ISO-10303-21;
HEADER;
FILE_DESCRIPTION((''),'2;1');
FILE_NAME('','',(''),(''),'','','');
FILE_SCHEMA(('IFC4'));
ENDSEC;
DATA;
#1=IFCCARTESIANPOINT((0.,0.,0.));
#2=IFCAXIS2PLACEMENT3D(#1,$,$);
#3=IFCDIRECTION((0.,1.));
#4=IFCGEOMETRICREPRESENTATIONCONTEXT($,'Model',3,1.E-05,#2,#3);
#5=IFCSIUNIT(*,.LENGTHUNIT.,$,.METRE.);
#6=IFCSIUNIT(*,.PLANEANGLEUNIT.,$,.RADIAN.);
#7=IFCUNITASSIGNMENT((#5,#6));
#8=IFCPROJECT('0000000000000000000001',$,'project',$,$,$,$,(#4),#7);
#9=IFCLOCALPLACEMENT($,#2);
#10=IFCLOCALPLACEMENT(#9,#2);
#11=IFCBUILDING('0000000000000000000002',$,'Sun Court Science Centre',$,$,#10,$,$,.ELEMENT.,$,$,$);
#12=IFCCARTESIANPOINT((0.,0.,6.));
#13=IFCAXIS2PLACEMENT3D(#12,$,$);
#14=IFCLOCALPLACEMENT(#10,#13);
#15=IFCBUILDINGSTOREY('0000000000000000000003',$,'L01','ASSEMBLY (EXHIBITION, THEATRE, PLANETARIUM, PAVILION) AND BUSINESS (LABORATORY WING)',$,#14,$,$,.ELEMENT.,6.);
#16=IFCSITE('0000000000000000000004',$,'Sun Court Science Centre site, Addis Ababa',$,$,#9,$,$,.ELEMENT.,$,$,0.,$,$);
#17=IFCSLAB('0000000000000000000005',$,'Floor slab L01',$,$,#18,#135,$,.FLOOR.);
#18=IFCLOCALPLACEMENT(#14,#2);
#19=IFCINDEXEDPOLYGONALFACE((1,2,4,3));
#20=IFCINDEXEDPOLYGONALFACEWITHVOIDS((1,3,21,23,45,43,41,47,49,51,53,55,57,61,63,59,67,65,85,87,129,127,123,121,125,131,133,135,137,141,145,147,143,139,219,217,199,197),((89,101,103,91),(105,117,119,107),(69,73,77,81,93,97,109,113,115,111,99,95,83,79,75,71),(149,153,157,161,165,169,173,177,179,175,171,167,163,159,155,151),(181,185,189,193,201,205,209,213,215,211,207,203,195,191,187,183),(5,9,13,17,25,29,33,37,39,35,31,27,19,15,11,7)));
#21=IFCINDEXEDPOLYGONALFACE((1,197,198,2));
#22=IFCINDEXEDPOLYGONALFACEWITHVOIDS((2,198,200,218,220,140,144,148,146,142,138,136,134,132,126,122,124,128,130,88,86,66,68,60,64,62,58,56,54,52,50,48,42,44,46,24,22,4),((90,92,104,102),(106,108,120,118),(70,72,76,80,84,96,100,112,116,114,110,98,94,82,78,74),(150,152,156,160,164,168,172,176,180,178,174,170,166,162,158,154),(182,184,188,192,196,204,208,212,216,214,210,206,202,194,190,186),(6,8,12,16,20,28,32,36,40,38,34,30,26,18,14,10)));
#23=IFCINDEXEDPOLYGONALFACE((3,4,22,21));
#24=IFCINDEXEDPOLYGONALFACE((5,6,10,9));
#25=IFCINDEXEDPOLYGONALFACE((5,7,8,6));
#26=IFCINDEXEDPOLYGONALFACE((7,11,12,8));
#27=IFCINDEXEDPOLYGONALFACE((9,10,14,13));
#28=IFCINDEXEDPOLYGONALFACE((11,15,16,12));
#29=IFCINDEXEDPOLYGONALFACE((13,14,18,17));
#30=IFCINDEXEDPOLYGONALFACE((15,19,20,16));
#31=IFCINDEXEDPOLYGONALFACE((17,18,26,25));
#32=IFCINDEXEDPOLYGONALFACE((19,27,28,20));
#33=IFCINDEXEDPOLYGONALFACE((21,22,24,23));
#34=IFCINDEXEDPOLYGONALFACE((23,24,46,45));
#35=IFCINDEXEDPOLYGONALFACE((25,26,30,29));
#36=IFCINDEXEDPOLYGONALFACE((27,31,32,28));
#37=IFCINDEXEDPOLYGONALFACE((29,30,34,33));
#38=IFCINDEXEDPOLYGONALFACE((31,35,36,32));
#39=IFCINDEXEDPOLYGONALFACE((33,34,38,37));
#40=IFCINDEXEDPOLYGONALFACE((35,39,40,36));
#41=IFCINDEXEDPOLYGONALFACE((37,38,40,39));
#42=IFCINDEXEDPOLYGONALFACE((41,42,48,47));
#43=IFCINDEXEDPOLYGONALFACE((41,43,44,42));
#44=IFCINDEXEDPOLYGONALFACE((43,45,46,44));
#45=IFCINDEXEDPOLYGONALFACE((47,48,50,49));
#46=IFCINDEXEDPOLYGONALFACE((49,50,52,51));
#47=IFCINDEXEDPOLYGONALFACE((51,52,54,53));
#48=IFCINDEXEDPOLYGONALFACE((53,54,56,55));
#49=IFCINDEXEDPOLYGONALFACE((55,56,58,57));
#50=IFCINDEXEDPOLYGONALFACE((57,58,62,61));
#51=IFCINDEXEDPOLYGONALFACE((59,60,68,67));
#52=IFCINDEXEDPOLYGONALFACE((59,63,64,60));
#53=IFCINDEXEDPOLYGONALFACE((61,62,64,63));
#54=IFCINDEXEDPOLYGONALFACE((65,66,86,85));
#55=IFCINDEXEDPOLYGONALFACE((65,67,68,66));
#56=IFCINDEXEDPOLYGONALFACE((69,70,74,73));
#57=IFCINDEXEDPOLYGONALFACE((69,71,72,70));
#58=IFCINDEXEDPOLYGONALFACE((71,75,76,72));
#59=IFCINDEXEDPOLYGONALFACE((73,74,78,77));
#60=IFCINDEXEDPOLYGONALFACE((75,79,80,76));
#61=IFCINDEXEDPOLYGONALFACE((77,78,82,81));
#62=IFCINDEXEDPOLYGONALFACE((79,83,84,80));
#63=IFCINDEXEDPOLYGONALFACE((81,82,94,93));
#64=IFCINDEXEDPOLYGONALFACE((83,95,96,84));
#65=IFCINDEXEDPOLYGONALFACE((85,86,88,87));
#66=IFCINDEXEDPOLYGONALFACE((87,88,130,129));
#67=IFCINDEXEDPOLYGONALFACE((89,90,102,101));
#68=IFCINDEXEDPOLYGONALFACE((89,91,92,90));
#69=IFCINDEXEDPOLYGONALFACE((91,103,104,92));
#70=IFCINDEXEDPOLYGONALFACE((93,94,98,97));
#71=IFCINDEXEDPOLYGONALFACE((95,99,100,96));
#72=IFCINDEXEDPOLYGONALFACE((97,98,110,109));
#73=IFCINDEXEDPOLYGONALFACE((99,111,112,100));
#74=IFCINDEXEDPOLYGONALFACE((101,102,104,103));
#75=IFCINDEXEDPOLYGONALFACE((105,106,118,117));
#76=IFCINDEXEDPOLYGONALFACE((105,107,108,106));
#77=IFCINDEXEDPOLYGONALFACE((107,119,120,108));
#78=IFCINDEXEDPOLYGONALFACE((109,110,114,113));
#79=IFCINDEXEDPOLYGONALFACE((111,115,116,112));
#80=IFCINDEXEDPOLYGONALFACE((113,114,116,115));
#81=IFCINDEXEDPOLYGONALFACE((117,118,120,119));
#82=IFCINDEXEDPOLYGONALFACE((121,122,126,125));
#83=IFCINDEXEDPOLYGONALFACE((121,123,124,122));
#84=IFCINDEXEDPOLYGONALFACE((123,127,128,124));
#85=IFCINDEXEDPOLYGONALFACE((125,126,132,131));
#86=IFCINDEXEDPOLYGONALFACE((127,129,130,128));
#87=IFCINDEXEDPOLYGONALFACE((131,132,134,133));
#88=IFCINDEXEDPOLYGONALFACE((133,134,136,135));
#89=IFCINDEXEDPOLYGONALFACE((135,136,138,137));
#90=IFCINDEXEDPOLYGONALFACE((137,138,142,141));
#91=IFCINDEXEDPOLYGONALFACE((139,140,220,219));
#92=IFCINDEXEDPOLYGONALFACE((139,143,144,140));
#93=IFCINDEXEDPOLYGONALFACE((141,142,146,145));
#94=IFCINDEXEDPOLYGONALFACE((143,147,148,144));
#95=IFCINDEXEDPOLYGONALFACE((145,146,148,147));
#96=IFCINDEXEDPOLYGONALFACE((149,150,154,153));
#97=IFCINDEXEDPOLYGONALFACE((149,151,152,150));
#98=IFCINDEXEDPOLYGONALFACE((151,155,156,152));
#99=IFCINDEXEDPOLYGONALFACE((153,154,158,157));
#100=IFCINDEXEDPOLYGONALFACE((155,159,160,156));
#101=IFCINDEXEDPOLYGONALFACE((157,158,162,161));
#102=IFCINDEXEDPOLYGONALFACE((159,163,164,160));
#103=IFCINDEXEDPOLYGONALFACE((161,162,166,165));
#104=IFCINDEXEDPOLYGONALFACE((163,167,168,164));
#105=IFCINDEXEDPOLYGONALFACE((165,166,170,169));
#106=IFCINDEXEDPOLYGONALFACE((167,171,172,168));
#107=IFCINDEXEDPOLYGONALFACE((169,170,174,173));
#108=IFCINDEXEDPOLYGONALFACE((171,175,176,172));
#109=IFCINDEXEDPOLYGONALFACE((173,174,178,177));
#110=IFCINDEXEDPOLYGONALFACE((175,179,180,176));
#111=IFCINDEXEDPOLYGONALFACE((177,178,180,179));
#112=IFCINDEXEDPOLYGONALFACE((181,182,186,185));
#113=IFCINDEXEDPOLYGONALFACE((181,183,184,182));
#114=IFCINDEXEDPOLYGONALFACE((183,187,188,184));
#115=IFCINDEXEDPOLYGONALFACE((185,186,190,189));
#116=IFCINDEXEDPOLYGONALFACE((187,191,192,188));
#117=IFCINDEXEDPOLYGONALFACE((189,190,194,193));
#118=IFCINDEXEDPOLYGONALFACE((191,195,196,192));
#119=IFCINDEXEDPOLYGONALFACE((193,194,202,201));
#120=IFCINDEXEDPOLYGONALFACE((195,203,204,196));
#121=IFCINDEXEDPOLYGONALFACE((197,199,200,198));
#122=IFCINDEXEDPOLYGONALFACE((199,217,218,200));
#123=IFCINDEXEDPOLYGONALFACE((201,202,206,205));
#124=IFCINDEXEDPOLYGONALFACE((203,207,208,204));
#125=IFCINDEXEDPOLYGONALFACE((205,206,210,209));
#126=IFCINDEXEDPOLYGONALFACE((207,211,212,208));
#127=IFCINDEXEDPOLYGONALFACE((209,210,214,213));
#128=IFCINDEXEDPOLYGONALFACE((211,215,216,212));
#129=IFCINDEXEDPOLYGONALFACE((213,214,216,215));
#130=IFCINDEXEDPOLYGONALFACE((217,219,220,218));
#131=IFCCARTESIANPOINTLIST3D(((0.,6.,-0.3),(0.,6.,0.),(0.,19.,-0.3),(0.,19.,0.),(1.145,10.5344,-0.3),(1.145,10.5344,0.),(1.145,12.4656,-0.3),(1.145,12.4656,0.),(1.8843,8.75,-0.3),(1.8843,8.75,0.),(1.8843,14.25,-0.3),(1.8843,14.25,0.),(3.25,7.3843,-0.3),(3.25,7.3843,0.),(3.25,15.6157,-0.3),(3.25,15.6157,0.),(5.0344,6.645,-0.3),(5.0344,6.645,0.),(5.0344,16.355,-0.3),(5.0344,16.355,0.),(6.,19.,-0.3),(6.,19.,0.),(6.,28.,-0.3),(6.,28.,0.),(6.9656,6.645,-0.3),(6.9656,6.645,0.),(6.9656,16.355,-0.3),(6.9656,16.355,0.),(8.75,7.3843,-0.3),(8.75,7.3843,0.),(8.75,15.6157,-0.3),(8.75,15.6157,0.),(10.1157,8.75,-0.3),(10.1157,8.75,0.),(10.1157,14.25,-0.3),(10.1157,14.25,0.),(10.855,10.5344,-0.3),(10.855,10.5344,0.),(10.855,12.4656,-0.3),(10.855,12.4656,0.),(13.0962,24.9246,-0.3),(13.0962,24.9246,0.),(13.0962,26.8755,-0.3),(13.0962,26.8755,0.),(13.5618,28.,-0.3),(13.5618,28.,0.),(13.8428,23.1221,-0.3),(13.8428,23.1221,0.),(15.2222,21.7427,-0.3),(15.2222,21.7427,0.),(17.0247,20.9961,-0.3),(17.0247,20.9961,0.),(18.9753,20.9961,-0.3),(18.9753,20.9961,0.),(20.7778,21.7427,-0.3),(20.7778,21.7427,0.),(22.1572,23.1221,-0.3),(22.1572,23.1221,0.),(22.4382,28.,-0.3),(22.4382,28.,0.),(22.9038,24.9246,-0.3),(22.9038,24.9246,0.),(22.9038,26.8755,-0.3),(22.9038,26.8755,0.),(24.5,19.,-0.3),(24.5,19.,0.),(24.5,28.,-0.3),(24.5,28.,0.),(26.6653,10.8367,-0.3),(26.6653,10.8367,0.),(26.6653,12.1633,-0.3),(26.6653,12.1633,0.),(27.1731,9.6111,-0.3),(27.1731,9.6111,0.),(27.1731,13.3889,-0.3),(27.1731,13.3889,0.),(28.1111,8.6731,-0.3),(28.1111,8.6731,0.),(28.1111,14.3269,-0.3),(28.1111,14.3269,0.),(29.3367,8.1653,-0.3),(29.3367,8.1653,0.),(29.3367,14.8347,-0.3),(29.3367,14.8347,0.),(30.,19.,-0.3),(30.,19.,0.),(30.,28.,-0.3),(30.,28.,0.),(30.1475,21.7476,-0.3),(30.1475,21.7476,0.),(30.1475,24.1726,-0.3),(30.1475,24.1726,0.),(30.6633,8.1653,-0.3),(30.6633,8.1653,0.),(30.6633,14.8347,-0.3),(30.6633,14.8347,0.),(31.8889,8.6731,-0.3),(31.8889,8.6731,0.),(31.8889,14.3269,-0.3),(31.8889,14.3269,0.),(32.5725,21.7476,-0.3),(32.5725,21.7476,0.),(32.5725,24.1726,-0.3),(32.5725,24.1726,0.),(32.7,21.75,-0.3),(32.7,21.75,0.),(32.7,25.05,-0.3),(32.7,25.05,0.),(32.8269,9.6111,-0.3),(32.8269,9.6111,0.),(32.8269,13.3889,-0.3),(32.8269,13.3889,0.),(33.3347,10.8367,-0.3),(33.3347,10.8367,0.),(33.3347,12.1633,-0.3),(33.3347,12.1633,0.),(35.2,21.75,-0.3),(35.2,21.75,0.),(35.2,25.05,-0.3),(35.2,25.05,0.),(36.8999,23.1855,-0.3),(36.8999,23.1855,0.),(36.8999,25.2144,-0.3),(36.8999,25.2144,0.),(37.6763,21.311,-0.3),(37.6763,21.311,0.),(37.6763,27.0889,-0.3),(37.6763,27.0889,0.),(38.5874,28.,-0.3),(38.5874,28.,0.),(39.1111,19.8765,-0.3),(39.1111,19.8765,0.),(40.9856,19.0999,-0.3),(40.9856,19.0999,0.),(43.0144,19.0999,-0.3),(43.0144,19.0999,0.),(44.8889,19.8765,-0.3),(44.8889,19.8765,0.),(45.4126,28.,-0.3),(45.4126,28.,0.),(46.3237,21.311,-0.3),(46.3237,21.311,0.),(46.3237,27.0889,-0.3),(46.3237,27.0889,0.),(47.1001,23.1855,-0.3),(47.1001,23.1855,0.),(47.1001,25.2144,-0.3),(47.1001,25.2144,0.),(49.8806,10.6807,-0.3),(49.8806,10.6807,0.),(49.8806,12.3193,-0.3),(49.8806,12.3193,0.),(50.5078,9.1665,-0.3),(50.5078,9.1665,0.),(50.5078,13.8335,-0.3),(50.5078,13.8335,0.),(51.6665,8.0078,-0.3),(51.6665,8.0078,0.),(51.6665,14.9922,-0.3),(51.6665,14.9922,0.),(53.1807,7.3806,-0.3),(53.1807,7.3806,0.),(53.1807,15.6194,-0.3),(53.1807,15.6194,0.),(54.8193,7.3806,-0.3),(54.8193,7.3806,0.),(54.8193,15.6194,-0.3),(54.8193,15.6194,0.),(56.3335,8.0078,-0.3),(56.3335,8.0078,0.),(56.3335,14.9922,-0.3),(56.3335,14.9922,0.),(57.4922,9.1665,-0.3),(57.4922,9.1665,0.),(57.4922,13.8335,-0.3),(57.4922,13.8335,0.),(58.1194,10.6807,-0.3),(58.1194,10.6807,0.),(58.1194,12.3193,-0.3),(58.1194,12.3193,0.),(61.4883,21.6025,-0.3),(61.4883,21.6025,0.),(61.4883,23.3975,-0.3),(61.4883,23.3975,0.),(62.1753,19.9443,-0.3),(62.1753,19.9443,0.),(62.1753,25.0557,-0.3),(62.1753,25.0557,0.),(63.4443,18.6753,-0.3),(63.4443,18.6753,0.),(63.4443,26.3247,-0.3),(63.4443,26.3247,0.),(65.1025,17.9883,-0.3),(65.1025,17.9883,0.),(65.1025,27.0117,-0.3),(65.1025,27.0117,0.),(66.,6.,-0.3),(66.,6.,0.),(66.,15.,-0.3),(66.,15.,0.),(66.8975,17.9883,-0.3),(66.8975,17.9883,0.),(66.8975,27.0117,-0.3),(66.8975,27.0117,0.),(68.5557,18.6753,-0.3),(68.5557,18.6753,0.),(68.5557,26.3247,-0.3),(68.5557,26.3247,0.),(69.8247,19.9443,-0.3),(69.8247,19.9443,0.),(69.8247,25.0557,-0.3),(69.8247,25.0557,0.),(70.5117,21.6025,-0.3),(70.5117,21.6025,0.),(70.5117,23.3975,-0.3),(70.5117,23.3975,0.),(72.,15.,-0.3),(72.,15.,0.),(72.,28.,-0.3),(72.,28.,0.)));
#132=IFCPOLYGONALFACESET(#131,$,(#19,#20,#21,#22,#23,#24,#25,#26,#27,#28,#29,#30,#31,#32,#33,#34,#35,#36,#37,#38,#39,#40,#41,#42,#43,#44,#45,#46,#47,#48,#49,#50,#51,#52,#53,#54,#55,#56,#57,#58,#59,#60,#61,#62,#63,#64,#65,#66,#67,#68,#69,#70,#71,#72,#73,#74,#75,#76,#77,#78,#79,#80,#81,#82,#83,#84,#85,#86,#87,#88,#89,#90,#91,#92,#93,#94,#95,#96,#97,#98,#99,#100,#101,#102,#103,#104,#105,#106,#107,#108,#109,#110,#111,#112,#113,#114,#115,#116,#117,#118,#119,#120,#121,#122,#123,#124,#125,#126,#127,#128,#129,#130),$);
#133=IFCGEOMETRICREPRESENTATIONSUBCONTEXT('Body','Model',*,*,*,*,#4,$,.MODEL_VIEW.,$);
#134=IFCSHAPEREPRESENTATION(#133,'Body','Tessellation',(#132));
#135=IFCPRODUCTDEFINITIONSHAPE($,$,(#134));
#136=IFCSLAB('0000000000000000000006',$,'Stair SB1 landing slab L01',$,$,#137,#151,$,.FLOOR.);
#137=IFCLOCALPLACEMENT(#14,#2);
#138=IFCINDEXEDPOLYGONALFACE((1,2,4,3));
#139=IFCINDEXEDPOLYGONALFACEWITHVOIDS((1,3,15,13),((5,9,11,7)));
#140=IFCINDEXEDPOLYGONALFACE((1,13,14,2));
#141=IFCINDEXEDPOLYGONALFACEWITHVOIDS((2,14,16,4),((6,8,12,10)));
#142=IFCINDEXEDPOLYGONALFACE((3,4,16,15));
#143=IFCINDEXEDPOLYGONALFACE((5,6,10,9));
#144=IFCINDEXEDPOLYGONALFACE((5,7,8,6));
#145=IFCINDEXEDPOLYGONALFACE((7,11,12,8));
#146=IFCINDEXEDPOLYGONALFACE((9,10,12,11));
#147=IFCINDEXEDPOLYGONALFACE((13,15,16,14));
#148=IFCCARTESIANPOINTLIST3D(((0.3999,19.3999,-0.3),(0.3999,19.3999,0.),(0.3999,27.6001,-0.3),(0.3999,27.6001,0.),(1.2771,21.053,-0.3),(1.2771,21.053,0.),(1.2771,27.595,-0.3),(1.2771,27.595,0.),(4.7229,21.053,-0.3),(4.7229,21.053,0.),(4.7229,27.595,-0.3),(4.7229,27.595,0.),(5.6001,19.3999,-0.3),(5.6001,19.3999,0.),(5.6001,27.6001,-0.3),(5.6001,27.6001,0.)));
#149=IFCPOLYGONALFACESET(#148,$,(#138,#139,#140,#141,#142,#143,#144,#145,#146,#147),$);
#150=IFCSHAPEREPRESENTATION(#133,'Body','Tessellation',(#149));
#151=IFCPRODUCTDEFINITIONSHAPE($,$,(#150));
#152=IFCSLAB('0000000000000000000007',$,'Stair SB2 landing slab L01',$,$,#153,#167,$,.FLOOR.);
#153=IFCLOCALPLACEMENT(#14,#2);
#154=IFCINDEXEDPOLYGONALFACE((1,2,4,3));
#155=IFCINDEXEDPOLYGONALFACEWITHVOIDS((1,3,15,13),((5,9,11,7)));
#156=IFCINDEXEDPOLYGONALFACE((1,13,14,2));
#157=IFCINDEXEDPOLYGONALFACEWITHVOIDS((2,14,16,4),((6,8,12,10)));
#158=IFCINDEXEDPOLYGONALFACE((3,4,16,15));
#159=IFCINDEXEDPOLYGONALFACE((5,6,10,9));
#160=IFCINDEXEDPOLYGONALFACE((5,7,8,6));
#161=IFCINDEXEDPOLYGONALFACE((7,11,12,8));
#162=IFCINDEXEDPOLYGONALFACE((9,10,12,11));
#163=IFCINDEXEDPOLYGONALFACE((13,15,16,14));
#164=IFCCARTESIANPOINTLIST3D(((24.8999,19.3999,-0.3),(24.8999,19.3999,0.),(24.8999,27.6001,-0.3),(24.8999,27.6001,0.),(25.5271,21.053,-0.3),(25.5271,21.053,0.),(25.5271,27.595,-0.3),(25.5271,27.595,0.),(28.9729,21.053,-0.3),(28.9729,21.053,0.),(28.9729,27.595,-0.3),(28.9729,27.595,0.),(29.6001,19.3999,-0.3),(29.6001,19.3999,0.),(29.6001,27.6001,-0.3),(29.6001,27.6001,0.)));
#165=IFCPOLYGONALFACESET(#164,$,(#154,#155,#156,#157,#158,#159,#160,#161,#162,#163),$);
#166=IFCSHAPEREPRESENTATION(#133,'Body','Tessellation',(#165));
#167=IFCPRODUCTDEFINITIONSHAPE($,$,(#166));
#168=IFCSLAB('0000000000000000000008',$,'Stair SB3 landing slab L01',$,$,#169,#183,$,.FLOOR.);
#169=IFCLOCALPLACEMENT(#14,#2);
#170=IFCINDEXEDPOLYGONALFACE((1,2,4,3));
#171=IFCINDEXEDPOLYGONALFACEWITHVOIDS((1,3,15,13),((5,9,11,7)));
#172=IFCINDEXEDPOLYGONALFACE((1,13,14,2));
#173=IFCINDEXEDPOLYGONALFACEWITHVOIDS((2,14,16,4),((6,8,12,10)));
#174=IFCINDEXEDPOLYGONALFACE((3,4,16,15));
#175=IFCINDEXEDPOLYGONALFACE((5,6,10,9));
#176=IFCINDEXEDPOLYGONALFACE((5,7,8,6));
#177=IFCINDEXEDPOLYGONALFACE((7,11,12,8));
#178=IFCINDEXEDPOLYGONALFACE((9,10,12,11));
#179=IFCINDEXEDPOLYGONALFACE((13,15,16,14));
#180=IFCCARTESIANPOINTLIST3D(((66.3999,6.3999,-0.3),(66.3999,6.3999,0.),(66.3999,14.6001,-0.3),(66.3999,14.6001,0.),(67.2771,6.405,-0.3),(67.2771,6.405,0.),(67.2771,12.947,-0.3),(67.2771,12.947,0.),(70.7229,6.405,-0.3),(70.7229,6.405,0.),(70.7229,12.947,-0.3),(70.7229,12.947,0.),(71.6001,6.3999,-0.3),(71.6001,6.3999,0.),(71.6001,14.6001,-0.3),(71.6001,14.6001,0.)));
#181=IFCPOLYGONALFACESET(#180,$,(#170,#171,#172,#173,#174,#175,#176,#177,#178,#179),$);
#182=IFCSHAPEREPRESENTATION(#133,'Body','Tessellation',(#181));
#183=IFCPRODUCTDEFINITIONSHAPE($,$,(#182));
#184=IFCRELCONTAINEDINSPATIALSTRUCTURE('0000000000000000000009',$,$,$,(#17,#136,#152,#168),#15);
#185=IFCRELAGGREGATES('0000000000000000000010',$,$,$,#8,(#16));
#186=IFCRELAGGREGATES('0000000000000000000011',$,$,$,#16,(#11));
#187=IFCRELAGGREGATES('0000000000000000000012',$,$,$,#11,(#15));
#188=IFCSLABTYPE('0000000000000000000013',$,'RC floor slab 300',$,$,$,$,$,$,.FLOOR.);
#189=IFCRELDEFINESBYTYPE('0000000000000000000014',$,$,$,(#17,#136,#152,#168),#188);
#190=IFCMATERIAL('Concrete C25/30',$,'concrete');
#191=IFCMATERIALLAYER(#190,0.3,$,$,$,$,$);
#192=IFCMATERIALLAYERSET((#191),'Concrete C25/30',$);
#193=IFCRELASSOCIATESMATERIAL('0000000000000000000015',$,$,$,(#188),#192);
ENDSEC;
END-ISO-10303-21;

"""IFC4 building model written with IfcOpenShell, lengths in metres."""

from ifc_helpers import new_model, si_unit, direction, frame, origin, place, context, subcontext, project, spatial, polyline, outline, extrude, material, layer, layer_set, type_object, element, save


model = new_model("IFC4")

# Units and contexts
model_context = context("Model", 3, precision=1e-05, world=origin(), true_north=direction((0.0, 1.0)))
body_context = subcontext(model_context, "Body", "Model", "MODEL_VIEW")
ifc_project = project(units=[si_unit("LENGTHUNIT", "METRE"), si_unit("PLANEANGLEUNIT", "RADIAN")], contexts=[model_context])

# Site, building, storey
site_placement = place(None, origin())
site = spatial("IfcSite", under=ifc_project, at=site_placement, Name="Sun Court Science Centre site, Addis Ababa", CompositionType="ELEMENT", RefElevation=0.0)
building_placement = place(site_placement, origin())
building = spatial("IfcBuilding", under=site, at=building_placement, Name="Sun Court Science Centre", CompositionType="ELEMENT")
storey_placement = place(building_placement, frame((0.0, 0.0, 6.0)))
storey = spatial("IfcBuildingStorey", under=building, at=storey_placement, Name="L01", Description="ASSEMBLY (EXHIBITION, THEATRE, PLANETARIUM, PAVILION) AND BUSINESS (LABORATORY WING)", CompositionType="ELEMENT", Elevation=6.0)

# Slabs
ifc_material_1 = material(Name="Concrete C25/30", Category="concrete")
ifc_layer_1 = layer(ifc_material_1, 0.3)
ifc_layer_set_1 = layer_set([ifc_layer_1], Name="Concrete C25/30")
slab_type = type_object("IfcSlabType", Name="RC floor slab 300", PredefinedType="FLOOR", material=ifc_layer_set_1)
slab_1_placement = place(storey_placement, frame((0.0, 0.0, -0.3)))
element("IfcSlab", 1, at=slab_1_placement, inside=storey, type_object=slab_type, Name="Floor slab L01", PredefinedType="FLOOR", context=body_context, shape_type="SweptSolid", body=[
    extrude(outline(polyline([(72.0, 15.0), (72.0, 28.0), (45.4126, 28.0), (46.3237, 27.0889), (47.1001, 25.2144), (47.1001, 23.1855), (46.3237, 21.311), (44.8889, 19.8765), (43.0144, 19.0999), (40.9856, 19.0999), (39.1111, 19.8765), (37.6763, 21.311), (36.8999, 23.1855), (36.8999, 25.2144), (37.6763, 27.0889), (38.5874, 28.0), (30.0, 28.0), (30.0, 19.0), (24.5, 19.0), (24.5, 28.0), (22.4382, 28.0), (22.9038, 26.8755), (22.9038, 24.9246), (22.1572, 23.1221), (20.7778, 21.7427), (18.9753, 20.9961), (17.0247, 20.9961), (15.2222, 21.7427), (13.8428, 23.1221), (13.0962, 24.9246), (13.0962, 26.8755), (13.5618, 28.0), (6.0, 28.0), (6.0, 19.0), (0.0, 19.0), (0.0, 6.0), (66.0, 6.0), (66.0, 15.0), (72.0, 15.0)]), holes=[polyline([(70.5117, 23.3975), (70.5117, 21.6025), (69.8247, 19.9443), (68.5557, 18.6753), (66.8975, 17.9883), (65.1025, 17.9883), (63.4443, 18.6753), (62.1753, 19.9443), (61.4883, 21.6025), (61.4883, 23.3975), (62.1753, 25.0557), (63.4443, 26.3247), (65.1025, 27.0117), (66.8975, 27.0117), (68.5557, 26.3247), (69.8247, 25.0557), (70.5117, 23.3975)]), polyline([(58.1194, 10.6807), (57.4922, 9.1665), (56.3335, 8.0078), (54.8193, 7.3806), (53.1807, 7.3806), (51.6665, 8.0078), (50.5078, 9.1665), (49.8806, 10.6807), (49.8806, 12.3193), (50.5078, 13.8335), (51.6665, 14.9922), (53.1807, 15.6194), (54.8193, 15.6194), (56.3335, 14.9922), (57.4922, 13.8335), (58.1194, 12.3193), (58.1194, 10.6807)]), polyline([(32.7, 25.05), (35.2, 25.05), (35.2, 21.75), (32.7, 21.75), (32.7, 25.05)]), polyline([(33.3347, 10.8367), (32.8269, 9.6111), (31.8889, 8.6731), (30.6633, 8.1653), (29.3367, 8.1653), (28.1111, 8.6731), (27.1731, 9.6111), (26.6653, 10.8367), (26.6653, 12.1633), (27.1731, 13.3889), (28.1111, 14.3269), (29.3367, 14.8347), (30.6633, 14.8347), (31.8889, 14.3269), (32.8269, 13.3889), (33.3347, 12.1633), (33.3347, 10.8367)]), polyline([(30.1475, 24.1726), (32.5725, 24.1726), (32.5725, 21.7476), (30.1475, 21.7476), (30.1475, 24.1726)]), polyline([(10.855, 12.4656), (10.855, 10.5344), (10.1157, 8.75), (8.75, 7.3843), (6.9656, 6.645), (5.0344, 6.645), (3.25, 7.3843), (1.8843, 8.75), (1.145, 10.5344), (1.145, 12.4656), (1.8843, 14.25), (3.25, 15.6157), (5.0344, 16.355), (6.9656, 16.355), (8.75, 15.6157), (10.1157, 14.25), (10.855, 12.4656)])]), origin(), (0.0, 0.0, 1.0), 0.3),
])
slab_2_placement = place(storey_placement, frame((0.0, 0.0, -0.3)))
element("IfcSlab", 2, at=slab_2_placement, inside=storey, type_object=slab_type, Name="Stair SB1 landing slab L01", PredefinedType="FLOOR", context=body_context, shape_type="SweptSolid", body=[
    extrude(outline(polyline([(0.3999, 27.6001), (0.3999, 19.3999), (5.6001, 19.3999), (5.6001, 27.6001), (0.3999, 27.6001)]), holes=[polyline([(4.7229, 27.595), (4.7229, 21.053), (1.2771, 21.053), (1.2771, 27.595), (4.7229, 27.595)])]), origin(), (0.0, 0.0, 1.0), 0.3),
])
slab_3_placement = place(storey_placement, frame((0.0, 0.0, -0.3)))
element("IfcSlab", 3, at=slab_3_placement, inside=storey, type_object=slab_type, Name="Stair SB2 landing slab L01", PredefinedType="FLOOR", context=body_context, shape_type="SweptSolid", body=[
    extrude(outline(polyline([(24.8999, 27.6001), (24.8999, 19.3999), (29.6001, 19.3999), (29.6001, 27.6001), (24.8999, 27.6001)]), holes=[polyline([(28.9729, 27.595), (28.9729, 21.053), (25.5271, 21.053), (25.5271, 27.595), (28.9729, 27.595)])]), origin(), (0.0, 0.0, 1.0), 0.3),
])
slab_4_placement = place(storey_placement, frame((0.0, 0.0, -0.3)))
element("IfcSlab", 4, at=slab_4_placement, inside=storey, type_object=slab_type, Name="Stair SB3 landing slab L01", PredefinedType="FLOOR", context=body_context, shape_type="SweptSolid", body=[
    extrude(outline(polyline([(66.3999, 14.6001), (66.3999, 6.3999), (71.6001, 6.3999), (71.6001, 14.6001), (66.3999, 14.6001)]), holes=[polyline([(67.2771, 6.405), (67.2771, 12.947), (70.7229, 12.947), (70.7229, 6.405), (67.2771, 6.405)])]), origin(), (0.0, 0.0, 1.0), 0.3),
])

save(model, "model.ifc")
